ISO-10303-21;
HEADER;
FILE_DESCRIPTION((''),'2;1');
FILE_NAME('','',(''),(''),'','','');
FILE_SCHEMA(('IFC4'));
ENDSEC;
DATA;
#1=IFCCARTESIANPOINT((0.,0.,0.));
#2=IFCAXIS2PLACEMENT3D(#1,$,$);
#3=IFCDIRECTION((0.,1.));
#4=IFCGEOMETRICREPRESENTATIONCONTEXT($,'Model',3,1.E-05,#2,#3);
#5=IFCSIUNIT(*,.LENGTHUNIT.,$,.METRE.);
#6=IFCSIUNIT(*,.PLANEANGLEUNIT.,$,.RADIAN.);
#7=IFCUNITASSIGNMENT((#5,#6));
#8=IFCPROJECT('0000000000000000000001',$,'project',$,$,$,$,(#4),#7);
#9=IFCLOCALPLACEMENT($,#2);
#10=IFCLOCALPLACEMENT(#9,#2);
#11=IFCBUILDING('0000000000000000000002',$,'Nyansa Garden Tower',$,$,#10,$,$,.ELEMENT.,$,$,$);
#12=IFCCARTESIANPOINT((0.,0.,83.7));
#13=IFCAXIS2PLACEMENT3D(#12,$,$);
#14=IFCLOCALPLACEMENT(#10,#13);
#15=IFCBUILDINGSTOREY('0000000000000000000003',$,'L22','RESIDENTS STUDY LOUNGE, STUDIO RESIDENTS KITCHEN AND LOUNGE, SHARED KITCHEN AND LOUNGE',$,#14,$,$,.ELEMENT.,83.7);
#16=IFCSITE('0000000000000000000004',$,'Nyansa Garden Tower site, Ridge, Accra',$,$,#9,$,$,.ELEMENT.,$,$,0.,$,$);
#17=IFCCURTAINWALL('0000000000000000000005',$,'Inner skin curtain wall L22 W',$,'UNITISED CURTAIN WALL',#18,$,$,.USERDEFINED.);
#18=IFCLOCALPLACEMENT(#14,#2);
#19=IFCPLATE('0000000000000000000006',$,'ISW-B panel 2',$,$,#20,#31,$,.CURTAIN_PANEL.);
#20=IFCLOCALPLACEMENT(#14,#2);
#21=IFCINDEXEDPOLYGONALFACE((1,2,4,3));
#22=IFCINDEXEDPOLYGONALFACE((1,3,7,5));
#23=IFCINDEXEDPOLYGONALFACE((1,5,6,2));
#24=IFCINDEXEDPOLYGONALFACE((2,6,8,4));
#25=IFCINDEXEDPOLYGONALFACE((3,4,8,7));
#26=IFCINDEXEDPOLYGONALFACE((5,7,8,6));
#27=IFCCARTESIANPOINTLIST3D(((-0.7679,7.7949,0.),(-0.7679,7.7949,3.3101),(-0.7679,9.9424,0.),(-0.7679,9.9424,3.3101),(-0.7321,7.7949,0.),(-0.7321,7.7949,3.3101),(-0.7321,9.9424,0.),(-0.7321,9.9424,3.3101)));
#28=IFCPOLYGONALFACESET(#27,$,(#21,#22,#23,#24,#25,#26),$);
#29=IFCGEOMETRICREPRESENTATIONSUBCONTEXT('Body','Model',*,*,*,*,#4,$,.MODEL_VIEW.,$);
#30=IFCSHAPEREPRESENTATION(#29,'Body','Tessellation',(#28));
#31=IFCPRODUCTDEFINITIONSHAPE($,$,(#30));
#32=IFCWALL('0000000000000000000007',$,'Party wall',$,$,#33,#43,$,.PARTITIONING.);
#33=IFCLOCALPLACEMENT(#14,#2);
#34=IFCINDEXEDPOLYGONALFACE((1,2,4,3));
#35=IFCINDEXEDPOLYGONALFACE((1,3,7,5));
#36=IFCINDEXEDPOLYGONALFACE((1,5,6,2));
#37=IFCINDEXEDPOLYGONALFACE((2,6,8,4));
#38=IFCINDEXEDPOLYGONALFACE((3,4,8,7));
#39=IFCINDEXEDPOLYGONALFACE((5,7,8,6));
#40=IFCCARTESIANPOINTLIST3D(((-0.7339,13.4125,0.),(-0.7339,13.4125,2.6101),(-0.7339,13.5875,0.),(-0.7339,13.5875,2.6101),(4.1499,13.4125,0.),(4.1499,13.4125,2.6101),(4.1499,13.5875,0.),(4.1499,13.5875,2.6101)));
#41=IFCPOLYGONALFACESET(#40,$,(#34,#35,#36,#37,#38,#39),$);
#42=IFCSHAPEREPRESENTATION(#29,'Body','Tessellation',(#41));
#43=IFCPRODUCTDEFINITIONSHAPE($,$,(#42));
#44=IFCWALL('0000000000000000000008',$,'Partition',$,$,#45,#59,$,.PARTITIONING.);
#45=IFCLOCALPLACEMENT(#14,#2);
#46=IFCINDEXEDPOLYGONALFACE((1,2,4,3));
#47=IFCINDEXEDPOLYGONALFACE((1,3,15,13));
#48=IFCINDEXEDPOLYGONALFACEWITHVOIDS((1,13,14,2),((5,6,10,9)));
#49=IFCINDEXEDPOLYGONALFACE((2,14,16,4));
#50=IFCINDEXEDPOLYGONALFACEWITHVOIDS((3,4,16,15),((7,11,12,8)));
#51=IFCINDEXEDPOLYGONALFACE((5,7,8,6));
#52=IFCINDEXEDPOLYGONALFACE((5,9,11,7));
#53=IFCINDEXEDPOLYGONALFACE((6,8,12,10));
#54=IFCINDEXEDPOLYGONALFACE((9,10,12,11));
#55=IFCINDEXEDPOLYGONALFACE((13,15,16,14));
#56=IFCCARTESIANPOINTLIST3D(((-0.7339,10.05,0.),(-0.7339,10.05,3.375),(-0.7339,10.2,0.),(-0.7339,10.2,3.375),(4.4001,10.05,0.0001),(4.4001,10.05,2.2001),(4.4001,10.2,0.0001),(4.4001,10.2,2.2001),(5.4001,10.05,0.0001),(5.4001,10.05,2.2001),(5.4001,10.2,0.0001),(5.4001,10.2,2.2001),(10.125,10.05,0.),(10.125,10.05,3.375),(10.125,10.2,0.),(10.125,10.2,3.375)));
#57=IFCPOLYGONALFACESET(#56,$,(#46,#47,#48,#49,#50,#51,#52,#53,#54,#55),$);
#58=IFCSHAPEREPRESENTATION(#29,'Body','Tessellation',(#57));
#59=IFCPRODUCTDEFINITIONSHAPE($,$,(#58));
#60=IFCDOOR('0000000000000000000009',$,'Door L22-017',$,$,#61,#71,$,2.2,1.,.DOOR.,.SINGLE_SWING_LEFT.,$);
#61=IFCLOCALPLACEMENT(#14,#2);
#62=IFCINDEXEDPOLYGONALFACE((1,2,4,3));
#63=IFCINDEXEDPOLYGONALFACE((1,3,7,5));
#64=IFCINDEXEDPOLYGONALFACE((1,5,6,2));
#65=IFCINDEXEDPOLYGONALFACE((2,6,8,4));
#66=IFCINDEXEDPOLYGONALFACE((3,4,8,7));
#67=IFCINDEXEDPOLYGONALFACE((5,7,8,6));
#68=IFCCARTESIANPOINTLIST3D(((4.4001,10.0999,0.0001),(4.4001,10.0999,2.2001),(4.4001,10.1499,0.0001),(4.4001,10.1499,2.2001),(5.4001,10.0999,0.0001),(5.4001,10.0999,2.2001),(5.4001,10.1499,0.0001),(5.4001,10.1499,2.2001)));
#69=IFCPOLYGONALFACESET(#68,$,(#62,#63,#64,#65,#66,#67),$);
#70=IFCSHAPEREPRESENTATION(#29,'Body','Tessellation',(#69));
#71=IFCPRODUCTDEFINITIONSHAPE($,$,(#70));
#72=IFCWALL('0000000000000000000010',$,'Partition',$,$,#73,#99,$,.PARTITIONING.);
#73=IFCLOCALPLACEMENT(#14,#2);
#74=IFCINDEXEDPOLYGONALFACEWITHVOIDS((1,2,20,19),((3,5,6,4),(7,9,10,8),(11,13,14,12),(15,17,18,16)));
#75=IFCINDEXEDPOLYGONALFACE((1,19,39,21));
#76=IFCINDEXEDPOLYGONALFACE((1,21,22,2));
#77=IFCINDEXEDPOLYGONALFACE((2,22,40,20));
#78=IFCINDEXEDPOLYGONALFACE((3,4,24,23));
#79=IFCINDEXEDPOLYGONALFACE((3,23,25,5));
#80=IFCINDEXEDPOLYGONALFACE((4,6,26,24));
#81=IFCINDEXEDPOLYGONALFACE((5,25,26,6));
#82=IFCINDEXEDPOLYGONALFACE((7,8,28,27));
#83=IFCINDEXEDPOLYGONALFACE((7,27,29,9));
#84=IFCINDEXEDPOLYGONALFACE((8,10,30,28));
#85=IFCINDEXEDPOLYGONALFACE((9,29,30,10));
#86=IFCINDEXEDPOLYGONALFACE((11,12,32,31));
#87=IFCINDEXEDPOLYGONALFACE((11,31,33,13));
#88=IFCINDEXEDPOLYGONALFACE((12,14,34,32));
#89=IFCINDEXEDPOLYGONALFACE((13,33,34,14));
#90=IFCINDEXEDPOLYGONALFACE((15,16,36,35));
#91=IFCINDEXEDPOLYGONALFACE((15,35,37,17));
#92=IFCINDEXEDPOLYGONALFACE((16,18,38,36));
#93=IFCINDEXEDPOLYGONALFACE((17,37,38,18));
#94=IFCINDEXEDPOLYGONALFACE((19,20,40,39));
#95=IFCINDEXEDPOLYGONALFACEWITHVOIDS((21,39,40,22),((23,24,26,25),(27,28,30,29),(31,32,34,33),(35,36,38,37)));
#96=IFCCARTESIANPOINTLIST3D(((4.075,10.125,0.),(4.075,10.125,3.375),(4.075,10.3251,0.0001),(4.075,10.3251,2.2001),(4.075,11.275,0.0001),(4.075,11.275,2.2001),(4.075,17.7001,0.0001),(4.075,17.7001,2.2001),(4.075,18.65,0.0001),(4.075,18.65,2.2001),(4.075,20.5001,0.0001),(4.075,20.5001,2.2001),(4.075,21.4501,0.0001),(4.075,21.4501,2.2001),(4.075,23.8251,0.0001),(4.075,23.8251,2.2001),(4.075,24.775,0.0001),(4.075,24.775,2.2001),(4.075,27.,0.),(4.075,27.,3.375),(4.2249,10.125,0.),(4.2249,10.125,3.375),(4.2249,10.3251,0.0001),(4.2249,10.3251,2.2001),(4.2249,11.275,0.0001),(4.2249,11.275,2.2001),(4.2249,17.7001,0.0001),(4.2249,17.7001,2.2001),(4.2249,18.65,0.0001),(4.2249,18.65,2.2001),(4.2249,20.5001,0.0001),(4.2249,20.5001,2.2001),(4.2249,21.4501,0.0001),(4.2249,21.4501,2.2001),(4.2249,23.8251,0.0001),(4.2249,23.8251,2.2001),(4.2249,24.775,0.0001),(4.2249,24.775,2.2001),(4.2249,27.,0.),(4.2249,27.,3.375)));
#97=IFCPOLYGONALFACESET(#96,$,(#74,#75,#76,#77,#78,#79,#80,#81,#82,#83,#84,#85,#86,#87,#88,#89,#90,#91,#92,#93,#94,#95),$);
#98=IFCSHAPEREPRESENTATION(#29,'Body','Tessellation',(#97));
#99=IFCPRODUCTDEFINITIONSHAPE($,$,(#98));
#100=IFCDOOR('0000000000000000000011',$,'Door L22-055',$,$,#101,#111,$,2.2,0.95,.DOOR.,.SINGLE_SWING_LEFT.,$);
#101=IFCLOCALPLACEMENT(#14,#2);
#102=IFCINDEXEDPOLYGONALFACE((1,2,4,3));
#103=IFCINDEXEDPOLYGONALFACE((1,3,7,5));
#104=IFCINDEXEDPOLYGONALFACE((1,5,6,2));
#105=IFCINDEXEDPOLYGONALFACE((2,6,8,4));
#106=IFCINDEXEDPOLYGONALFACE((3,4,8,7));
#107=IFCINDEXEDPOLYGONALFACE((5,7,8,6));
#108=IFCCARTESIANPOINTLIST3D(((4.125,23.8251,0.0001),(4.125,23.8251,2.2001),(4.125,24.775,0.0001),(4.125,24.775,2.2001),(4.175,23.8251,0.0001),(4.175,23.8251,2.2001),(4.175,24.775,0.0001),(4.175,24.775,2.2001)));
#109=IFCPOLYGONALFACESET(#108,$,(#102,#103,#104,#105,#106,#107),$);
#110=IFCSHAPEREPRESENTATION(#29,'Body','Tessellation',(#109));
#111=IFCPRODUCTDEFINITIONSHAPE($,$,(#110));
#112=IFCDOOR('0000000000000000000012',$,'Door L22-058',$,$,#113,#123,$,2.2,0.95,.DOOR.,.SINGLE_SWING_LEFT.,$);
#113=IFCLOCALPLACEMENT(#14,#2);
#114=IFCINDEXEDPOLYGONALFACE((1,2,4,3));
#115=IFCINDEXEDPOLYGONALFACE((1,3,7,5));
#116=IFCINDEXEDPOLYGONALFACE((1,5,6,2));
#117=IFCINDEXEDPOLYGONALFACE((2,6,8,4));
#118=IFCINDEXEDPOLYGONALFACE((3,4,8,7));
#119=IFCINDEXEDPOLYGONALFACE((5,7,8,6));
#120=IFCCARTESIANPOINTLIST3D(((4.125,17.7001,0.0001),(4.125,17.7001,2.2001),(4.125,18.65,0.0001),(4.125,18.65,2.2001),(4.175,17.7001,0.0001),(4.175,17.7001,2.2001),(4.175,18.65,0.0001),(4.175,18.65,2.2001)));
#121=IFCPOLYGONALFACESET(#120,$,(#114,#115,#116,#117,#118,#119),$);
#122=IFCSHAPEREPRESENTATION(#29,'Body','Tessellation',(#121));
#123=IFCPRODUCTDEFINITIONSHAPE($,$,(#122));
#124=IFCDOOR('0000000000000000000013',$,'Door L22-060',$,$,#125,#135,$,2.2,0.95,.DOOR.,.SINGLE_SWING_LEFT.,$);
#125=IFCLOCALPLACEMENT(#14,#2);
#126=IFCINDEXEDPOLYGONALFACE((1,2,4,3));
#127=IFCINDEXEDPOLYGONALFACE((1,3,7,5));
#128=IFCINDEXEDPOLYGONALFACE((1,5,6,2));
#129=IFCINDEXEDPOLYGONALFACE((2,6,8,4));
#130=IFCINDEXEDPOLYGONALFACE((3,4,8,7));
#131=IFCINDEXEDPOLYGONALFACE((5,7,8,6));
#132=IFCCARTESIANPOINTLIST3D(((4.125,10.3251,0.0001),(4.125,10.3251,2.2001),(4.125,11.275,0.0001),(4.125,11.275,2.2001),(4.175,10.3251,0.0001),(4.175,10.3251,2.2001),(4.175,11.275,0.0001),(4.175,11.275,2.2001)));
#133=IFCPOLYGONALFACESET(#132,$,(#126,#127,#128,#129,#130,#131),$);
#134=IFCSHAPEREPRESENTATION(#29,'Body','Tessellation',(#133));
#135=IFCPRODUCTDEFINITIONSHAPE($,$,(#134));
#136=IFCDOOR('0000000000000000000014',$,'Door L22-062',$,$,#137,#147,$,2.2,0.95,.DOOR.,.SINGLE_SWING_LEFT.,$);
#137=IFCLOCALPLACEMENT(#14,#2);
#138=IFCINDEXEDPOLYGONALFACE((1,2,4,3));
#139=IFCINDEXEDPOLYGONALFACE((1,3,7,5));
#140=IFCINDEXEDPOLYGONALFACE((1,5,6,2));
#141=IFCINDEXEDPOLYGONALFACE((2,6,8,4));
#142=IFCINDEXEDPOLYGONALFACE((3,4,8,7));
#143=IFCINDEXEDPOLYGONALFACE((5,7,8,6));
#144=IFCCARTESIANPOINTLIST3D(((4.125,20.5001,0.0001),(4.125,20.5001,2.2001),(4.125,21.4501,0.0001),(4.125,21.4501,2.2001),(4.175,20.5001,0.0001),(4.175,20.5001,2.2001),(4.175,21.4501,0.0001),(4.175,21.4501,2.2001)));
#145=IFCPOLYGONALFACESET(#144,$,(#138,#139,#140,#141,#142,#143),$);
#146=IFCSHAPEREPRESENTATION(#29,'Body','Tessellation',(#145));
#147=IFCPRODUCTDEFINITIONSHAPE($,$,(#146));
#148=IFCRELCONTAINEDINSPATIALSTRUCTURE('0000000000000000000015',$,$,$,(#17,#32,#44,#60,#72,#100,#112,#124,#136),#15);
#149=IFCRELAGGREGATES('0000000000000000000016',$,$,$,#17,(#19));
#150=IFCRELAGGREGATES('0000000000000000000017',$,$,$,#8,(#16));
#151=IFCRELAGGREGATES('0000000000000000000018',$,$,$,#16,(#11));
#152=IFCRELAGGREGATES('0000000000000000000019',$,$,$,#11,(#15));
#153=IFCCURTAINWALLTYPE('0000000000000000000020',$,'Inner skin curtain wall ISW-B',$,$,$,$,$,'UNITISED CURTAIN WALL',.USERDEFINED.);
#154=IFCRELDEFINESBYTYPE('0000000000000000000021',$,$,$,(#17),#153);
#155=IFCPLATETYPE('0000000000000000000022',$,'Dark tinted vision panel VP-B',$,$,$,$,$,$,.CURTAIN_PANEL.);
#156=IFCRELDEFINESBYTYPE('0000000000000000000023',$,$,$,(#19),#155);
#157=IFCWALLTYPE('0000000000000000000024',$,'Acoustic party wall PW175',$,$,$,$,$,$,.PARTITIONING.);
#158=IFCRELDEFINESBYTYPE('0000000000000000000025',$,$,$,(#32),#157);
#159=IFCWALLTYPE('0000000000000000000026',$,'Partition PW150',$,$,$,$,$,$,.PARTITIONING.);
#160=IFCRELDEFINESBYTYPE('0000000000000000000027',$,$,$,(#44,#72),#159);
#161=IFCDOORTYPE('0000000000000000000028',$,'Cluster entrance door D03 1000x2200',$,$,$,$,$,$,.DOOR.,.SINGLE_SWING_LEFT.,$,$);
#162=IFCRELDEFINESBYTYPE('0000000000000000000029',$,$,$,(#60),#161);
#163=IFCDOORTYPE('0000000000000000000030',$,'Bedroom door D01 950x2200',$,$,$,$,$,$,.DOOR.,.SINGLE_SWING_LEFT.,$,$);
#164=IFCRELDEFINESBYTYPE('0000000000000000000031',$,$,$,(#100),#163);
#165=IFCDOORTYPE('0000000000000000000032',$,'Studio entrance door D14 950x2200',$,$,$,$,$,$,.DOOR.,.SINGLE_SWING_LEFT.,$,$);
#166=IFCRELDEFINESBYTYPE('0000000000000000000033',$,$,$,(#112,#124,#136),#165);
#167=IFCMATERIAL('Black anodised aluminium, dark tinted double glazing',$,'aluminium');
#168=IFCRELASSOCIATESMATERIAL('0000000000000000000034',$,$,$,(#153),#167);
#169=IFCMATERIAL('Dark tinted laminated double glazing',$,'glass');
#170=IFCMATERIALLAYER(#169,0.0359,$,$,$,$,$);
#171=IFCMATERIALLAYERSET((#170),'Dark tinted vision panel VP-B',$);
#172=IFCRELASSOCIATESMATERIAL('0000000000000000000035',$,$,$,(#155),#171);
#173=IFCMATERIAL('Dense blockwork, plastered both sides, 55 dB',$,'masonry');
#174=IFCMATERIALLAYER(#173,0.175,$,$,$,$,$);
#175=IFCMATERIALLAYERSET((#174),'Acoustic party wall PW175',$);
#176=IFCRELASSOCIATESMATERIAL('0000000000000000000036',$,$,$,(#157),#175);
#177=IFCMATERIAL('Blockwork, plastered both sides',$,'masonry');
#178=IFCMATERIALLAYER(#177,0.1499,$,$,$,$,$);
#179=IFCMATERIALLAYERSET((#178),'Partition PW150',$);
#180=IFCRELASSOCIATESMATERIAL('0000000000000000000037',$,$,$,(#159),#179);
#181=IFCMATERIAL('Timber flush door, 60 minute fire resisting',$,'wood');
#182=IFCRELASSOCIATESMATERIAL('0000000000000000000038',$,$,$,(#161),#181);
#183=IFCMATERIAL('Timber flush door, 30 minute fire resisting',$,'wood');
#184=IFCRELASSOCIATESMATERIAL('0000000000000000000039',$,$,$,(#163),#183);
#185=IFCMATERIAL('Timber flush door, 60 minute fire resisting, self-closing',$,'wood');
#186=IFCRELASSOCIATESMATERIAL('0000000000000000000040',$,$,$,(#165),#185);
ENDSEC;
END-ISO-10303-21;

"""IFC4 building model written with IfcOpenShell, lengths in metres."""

from ifc_helpers import new_model, si_unit, direction, frame, frame_2d, origin, origin_2d, place, context, subcontext, project, spatial, rectangle, extrude, material, layer, layer_set, type_object, element, fill, aggregate, save


model = new_model("IFC4")

# Units and contexts
model_context = context("Model", 3, precision=1e-05, world=origin(), true_north=direction((0.0, 1.0)))
body_context = subcontext(model_context, "Body", "Model", "MODEL_VIEW")
ifc_project = project(units=[si_unit("LENGTHUNIT", "METRE"), si_unit("PLANEANGLEUNIT", "RADIAN")], contexts=[model_context])

# Site, building, storey
site_placement = place(None, origin())
site = spatial("IfcSite", under=ifc_project, at=site_placement, Name="Nyansa Garden Tower site, Ridge, Accra", CompositionType="ELEMENT", RefElevation=0.0)
building_placement = place(site_placement, origin())
building = spatial("IfcBuilding", under=site, at=building_placement, Name="Nyansa Garden Tower", CompositionType="ELEMENT")
storey_placement = place(building_placement, frame((0.0, 0.0, 83.7)))
storey = spatial("IfcBuildingStorey", under=building, at=storey_placement, Name="L22", Description="RESIDENTS STUDY LOUNGE, STUDIO RESIDENTS KITCHEN AND LOUNGE, SHARED KITCHEN AND LOUNGE", CompositionType="ELEMENT", Elevation=83.7)

# Curtain wall
ifc_material_1 = material(Name="Black anodised aluminium, dark tinted double glazing", Category="aluminium")
curtain_wall_type = type_object("IfcCurtainWallType", Name="Inner skin curtain wall ISW-B", ElementType="UNITISED CURTAIN WALL", PredefinedType="USERDEFINED", material=ifc_material_1)
curtain_wall_placement = place(storey_placement, origin())
curtain_wall = element("IfcCurtainWall", 1, at=curtain_wall_placement, inside=storey, type_object=curtain_wall_type, Name="Inner skin curtain wall L22 W", ObjectType="UNITISED CURTAIN WALL", PredefinedType="USERDEFINED")

# Plate
ifc_material_2 = material(Name="Dark tinted laminated double glazing", Category="glass")
ifc_layer_1 = layer(ifc_material_2, 0.0359)
ifc_layer_set_1 = layer_set([ifc_layer_1], Name="Dark tinted vision panel VP-B")
plate_type = type_object("IfcPlateType", Name="Dark tinted vision panel VP-B", PredefinedType="CURTAIN_PANEL", material=ifc_layer_set_1)
plate_1_placement = place(storey_placement, frame((-0.75, 8.8687, 0.0), z_axis=(0.0, 0.0, 1.0), x_axis=(0.0, -1.0, 0.0)))
plate_1 = element("IfcPlate", 2, at=plate_1_placement, type_object=plate_type, Name="ISW-B panel 2", PredefinedType="CURTAIN_PANEL", context=body_context, shape_type="SweptSolid", body=[
    extrude(rectangle(XDim=2.1475, YDim=0.0359, at=origin_2d()), origin(), (0.0, 0.0, 1.0), 3.3101),
])
aggregate(curtain_wall, [plate_1])

# Wall
ifc_material_3 = material(Name="Dense blockwork, plastered both sides, 55 dB", Category="masonry")
ifc_layer_2 = layer(ifc_material_3, 0.175)
ifc_layer_set_2 = layer_set([ifc_layer_2], Name="Acoustic party wall PW175")
wall_type_1 = type_object("IfcWallType", Name="Acoustic party wall PW175", PredefinedType="PARTITIONING", material=ifc_layer_set_2)
wall_1_placement = place(storey_placement, frame((-0.7339, 13.5, 0.0), z_axis=(0.0, 0.0, 1.0), x_axis=(1.0, 0.0, 0.0)))
element("IfcWall", 3, at=wall_1_placement, inside=storey, type_object=wall_type_1, Name="Party wall", PredefinedType="PARTITIONING", context=body_context, shape_type="SweptSolid", body=[
    extrude(rectangle(XDim=4.8838, YDim=0.175, at=frame_2d((2.4419, 0.0))), origin(), (0.0, 0.0, 1.0), 2.6101),
])

# Wall, opening, door
ifc_material_4 = material(Name="Blockwork, plastered both sides", Category="masonry")
ifc_layer_3 = layer(ifc_material_4, 0.1499)
ifc_layer_set_3 = layer_set([ifc_layer_3], Name="Partition PW150")
wall_type_2 = type_object("IfcWallType", Name="Partition PW150", PredefinedType="PARTITIONING", material=ifc_layer_set_3)
wall_2_placement = place(storey_placement, frame((-0.7339, 10.125, 0.0), z_axis=(0.0, 0.0, 1.0), x_axis=(1.0, 0.0, 0.0)))
wall_2 = element("IfcWall", 4, at=wall_2_placement, inside=storey, type_object=wall_type_2, Name="Partition", PredefinedType="PARTITIONING", context=body_context, shape_type="SweptSolid", body=[
    extrude(rectangle(XDim=10.8589, YDim=0.1499, at=frame_2d((5.4294, 0.0))), origin(), (0.0, 0.0, 1.0), 3.375),
])
opening_1_placement = place(wall_2_placement, frame((5.134, 0.0, 0.0)))
opening_1 = element("IfcOpeningElement", 5, at=opening_1_placement, cuts=wall_2, PredefinedType="OPENING", context=body_context, shape_type="SweptSolid", body=[
    extrude(rectangle(XDim=1.0, YDim=2.2, at=frame_2d((0.5, 1.1001))), frame((0.0, 0.085, 0.0), z_axis=(0.0, -1.0, 0.0), x_axis=(1.0, 0.0, 0.0)), (0.0, 0.0, 1.0), 0.1699),
])
ifc_material_5 = material(Name="Timber flush door, 60 minute fire resisting", Category="wood")
door_type_1 = type_object("IfcDoorType", Name="Cluster entrance door D03 1000x2200", OperationType="SINGLE_SWING_LEFT", PredefinedType="DOOR", material=ifc_material_5)
door_1_placement = place(opening_1_placement, origin())
door_1 = element("IfcDoor", 6, at=door_1_placement, inside=storey, type_object=door_type_1, Name="Door L22-017", OperationType="SINGLE_SWING_LEFT", OverallHeight=2.2, OverallWidth=1.0, PredefinedType="DOOR", context=body_context, shape_type="SweptSolid", body=[
    extrude(rectangle(XDim=1.0, YDim=2.2, at=frame_2d((0.5, 1.1001))), frame((0.0, 0.0249, 0.0), z_axis=(0.0, -1.0, 0.0), x_axis=(1.0, 0.0, 0.0)), (0.0, 0.0, 1.0), 0.05),
])
fill(opening_1, door_1)

# Wall, openings, doors
wall_3_placement = place(storey_placement, frame((4.1499, 10.125, 0.0), z_axis=(0.0, 0.0, 1.0), x_axis=(0.0, 1.0, 0.0)))
wall_3 = element("IfcWall", 7, at=wall_3_placement, inside=storey, type_object=wall_type_2, Name="Partition", PredefinedType="PARTITIONING", context=body_context, shape_type="SweptSolid", body=[
    extrude(rectangle(XDim=16.875, YDim=0.1499, at=frame_2d((8.4375, 0.0))), origin(), (0.0, 0.0, 1.0), 3.375),
])
opening_2_placement = place(wall_3_placement, frame((13.7, 0.0, 0.0)))
opening_2 = element("IfcOpeningElement", 8, at=opening_2_placement, cuts=wall_3, PredefinedType="OPENING", context=body_context, shape_type="SweptSolid", body=[
    extrude(rectangle(XDim=0.95, YDim=2.2, at=frame_2d((0.4751, 1.1001))), frame((0.0, 0.085, 0.0), z_axis=(0.0, -1.0, 0.0), x_axis=(1.0, 0.0, 0.0)), (0.0, 0.0, 1.0), 0.1699),
])
opening_3_placement = place(wall_3_placement, frame((7.575, 0.0, 0.0)))
opening_3 = element("IfcOpeningElement", 9, at=opening_3_placement, cuts=wall_3, PredefinedType="OPENING", context=body_context, shape_type="SweptSolid", body=[
    extrude(rectangle(XDim=0.95, YDim=2.2, at=frame_2d((0.4751, 1.1001))), frame((0.0, 0.085, 0.0), z_axis=(0.0, -1.0, 0.0), x_axis=(1.0, 0.0, 0.0)), (0.0, 0.0, 1.0), 0.1699),
])
opening_4_placement = place(wall_3_placement, frame((0.2, 0.0, 0.0)))
opening_4 = element("IfcOpeningElement", 10, at=opening_4_placement, cuts=wall_3, PredefinedType="OPENING", context=body_context, shape_type="SweptSolid", body=[
    extrude(rectangle(XDim=0.95, YDim=2.2, at=frame_2d((0.4751, 1.1001))), frame((0.0, 0.085, 0.0), z_axis=(0.0, -1.0, 0.0), x_axis=(1.0, 0.0, 0.0)), (0.0, 0.0, 1.0), 0.1699),
])
opening_5_placement = place(wall_3_placement, frame((10.375, 0.0, 0.0)))
opening_5 = element("IfcOpeningElement", 11, at=opening_5_placement, cuts=wall_3, PredefinedType="OPENING", context=body_context, shape_type="SweptSolid", body=[
    extrude(rectangle(XDim=0.95, YDim=2.2, at=frame_2d((0.4751, 1.1001))), frame((0.0, 0.085, 0.0), z_axis=(0.0, -1.0, 0.0), x_axis=(1.0, 0.0, 0.0)), (0.0, 0.0, 1.0), 0.1699),
])
ifc_material_6 = material(Name="Timber flush door, 30 minute fire resisting", Category="wood")
door_type_2 = type_object("IfcDoorType", Name="Bedroom door D01 950x2200", OperationType="SINGLE_SWING_LEFT", PredefinedType="DOOR", material=ifc_material_6)
door_2_placement = place(opening_2_placement, origin())
door_2 = element("IfcDoor", 12, at=door_2_placement, inside=storey, type_object=door_type_2, Name="Door L22-055", OperationType="SINGLE_SWING_LEFT", OverallHeight=2.2, OverallWidth=0.95, PredefinedType="DOOR", context=body_context, shape_type="SweptSolid", body=[
    extrude(rectangle(XDim=0.95, YDim=2.2, at=frame_2d((0.4751, 1.1001))), frame((0.0, 0.0249, 0.0), z_axis=(0.0, -1.0, 0.0), x_axis=(1.0, 0.0, 0.0)), (0.0, 0.0, 1.0), 0.05),
])
fill(opening_2, door_2)
ifc_material_7 = material(Name="Timber flush door, 60 minute fire resisting, self-closing", Category="wood")
door_type_3 = type_object("IfcDoorType", Name="Studio entrance door D14 950x2200", OperationType="SINGLE_SWING_LEFT", PredefinedType="DOOR", material=ifc_material_7)
door_3_placement = place(opening_3_placement, origin())
door_3 = element("IfcDoor", 13, at=door_3_placement, inside=storey, type_object=door_type_3, Name="Door L22-058", OperationType="SINGLE_SWING_LEFT", OverallHeight=2.2, OverallWidth=0.95, PredefinedType="DOOR", context=body_context, shape_type="SweptSolid", body=[
    extrude(rectangle(XDim=0.95, YDim=2.2, at=frame_2d((0.4751, 1.1001))), frame((0.0, 0.0249, 0.0), z_axis=(0.0, -1.0, 0.0), x_axis=(1.0, 0.0, 0.0)), (0.0, 0.0, 1.0), 0.05),
])
fill(opening_3, door_3)
door_4_placement = place(opening_4_placement, origin())
door_4 = element("IfcDoor", 14, at=door_4_placement, inside=storey, type_object=door_type_3, Name="Door L22-060", OperationType="SINGLE_SWING_LEFT", OverallHeight=2.2, OverallWidth=0.95, PredefinedType="DOOR", context=body_context, shape_type="SweptSolid", body=[
    extrude(rectangle(XDim=0.95, YDim=2.2, at=frame_2d((0.4751, 1.1001))), frame((0.0, 0.0249, 0.0), z_axis=(0.0, -1.0, 0.0), x_axis=(1.0, 0.0, 0.0)), (0.0, 0.0, 1.0), 0.05),
])
fill(opening_4, door_4)
door_5_placement = place(opening_5_placement, origin())
door_5 = element("IfcDoor", 15, at=door_5_placement, inside=storey, type_object=door_type_3, Name="Door L22-062", OperationType="SINGLE_SWING_LEFT", OverallHeight=2.2, OverallWidth=0.95, PredefinedType="DOOR", context=body_context, shape_type="SweptSolid", body=[
    extrude(rectangle(XDim=0.95, YDim=2.2, at=frame_2d((0.4751, 1.1001))), frame((0.0, 0.0249, 0.0), z_axis=(0.0, -1.0, 0.0), x_axis=(1.0, 0.0, 0.0)), (0.0, 0.0, 1.0), 0.05),
])
fill(opening_5, door_5)

save(model, "model.ifc")
